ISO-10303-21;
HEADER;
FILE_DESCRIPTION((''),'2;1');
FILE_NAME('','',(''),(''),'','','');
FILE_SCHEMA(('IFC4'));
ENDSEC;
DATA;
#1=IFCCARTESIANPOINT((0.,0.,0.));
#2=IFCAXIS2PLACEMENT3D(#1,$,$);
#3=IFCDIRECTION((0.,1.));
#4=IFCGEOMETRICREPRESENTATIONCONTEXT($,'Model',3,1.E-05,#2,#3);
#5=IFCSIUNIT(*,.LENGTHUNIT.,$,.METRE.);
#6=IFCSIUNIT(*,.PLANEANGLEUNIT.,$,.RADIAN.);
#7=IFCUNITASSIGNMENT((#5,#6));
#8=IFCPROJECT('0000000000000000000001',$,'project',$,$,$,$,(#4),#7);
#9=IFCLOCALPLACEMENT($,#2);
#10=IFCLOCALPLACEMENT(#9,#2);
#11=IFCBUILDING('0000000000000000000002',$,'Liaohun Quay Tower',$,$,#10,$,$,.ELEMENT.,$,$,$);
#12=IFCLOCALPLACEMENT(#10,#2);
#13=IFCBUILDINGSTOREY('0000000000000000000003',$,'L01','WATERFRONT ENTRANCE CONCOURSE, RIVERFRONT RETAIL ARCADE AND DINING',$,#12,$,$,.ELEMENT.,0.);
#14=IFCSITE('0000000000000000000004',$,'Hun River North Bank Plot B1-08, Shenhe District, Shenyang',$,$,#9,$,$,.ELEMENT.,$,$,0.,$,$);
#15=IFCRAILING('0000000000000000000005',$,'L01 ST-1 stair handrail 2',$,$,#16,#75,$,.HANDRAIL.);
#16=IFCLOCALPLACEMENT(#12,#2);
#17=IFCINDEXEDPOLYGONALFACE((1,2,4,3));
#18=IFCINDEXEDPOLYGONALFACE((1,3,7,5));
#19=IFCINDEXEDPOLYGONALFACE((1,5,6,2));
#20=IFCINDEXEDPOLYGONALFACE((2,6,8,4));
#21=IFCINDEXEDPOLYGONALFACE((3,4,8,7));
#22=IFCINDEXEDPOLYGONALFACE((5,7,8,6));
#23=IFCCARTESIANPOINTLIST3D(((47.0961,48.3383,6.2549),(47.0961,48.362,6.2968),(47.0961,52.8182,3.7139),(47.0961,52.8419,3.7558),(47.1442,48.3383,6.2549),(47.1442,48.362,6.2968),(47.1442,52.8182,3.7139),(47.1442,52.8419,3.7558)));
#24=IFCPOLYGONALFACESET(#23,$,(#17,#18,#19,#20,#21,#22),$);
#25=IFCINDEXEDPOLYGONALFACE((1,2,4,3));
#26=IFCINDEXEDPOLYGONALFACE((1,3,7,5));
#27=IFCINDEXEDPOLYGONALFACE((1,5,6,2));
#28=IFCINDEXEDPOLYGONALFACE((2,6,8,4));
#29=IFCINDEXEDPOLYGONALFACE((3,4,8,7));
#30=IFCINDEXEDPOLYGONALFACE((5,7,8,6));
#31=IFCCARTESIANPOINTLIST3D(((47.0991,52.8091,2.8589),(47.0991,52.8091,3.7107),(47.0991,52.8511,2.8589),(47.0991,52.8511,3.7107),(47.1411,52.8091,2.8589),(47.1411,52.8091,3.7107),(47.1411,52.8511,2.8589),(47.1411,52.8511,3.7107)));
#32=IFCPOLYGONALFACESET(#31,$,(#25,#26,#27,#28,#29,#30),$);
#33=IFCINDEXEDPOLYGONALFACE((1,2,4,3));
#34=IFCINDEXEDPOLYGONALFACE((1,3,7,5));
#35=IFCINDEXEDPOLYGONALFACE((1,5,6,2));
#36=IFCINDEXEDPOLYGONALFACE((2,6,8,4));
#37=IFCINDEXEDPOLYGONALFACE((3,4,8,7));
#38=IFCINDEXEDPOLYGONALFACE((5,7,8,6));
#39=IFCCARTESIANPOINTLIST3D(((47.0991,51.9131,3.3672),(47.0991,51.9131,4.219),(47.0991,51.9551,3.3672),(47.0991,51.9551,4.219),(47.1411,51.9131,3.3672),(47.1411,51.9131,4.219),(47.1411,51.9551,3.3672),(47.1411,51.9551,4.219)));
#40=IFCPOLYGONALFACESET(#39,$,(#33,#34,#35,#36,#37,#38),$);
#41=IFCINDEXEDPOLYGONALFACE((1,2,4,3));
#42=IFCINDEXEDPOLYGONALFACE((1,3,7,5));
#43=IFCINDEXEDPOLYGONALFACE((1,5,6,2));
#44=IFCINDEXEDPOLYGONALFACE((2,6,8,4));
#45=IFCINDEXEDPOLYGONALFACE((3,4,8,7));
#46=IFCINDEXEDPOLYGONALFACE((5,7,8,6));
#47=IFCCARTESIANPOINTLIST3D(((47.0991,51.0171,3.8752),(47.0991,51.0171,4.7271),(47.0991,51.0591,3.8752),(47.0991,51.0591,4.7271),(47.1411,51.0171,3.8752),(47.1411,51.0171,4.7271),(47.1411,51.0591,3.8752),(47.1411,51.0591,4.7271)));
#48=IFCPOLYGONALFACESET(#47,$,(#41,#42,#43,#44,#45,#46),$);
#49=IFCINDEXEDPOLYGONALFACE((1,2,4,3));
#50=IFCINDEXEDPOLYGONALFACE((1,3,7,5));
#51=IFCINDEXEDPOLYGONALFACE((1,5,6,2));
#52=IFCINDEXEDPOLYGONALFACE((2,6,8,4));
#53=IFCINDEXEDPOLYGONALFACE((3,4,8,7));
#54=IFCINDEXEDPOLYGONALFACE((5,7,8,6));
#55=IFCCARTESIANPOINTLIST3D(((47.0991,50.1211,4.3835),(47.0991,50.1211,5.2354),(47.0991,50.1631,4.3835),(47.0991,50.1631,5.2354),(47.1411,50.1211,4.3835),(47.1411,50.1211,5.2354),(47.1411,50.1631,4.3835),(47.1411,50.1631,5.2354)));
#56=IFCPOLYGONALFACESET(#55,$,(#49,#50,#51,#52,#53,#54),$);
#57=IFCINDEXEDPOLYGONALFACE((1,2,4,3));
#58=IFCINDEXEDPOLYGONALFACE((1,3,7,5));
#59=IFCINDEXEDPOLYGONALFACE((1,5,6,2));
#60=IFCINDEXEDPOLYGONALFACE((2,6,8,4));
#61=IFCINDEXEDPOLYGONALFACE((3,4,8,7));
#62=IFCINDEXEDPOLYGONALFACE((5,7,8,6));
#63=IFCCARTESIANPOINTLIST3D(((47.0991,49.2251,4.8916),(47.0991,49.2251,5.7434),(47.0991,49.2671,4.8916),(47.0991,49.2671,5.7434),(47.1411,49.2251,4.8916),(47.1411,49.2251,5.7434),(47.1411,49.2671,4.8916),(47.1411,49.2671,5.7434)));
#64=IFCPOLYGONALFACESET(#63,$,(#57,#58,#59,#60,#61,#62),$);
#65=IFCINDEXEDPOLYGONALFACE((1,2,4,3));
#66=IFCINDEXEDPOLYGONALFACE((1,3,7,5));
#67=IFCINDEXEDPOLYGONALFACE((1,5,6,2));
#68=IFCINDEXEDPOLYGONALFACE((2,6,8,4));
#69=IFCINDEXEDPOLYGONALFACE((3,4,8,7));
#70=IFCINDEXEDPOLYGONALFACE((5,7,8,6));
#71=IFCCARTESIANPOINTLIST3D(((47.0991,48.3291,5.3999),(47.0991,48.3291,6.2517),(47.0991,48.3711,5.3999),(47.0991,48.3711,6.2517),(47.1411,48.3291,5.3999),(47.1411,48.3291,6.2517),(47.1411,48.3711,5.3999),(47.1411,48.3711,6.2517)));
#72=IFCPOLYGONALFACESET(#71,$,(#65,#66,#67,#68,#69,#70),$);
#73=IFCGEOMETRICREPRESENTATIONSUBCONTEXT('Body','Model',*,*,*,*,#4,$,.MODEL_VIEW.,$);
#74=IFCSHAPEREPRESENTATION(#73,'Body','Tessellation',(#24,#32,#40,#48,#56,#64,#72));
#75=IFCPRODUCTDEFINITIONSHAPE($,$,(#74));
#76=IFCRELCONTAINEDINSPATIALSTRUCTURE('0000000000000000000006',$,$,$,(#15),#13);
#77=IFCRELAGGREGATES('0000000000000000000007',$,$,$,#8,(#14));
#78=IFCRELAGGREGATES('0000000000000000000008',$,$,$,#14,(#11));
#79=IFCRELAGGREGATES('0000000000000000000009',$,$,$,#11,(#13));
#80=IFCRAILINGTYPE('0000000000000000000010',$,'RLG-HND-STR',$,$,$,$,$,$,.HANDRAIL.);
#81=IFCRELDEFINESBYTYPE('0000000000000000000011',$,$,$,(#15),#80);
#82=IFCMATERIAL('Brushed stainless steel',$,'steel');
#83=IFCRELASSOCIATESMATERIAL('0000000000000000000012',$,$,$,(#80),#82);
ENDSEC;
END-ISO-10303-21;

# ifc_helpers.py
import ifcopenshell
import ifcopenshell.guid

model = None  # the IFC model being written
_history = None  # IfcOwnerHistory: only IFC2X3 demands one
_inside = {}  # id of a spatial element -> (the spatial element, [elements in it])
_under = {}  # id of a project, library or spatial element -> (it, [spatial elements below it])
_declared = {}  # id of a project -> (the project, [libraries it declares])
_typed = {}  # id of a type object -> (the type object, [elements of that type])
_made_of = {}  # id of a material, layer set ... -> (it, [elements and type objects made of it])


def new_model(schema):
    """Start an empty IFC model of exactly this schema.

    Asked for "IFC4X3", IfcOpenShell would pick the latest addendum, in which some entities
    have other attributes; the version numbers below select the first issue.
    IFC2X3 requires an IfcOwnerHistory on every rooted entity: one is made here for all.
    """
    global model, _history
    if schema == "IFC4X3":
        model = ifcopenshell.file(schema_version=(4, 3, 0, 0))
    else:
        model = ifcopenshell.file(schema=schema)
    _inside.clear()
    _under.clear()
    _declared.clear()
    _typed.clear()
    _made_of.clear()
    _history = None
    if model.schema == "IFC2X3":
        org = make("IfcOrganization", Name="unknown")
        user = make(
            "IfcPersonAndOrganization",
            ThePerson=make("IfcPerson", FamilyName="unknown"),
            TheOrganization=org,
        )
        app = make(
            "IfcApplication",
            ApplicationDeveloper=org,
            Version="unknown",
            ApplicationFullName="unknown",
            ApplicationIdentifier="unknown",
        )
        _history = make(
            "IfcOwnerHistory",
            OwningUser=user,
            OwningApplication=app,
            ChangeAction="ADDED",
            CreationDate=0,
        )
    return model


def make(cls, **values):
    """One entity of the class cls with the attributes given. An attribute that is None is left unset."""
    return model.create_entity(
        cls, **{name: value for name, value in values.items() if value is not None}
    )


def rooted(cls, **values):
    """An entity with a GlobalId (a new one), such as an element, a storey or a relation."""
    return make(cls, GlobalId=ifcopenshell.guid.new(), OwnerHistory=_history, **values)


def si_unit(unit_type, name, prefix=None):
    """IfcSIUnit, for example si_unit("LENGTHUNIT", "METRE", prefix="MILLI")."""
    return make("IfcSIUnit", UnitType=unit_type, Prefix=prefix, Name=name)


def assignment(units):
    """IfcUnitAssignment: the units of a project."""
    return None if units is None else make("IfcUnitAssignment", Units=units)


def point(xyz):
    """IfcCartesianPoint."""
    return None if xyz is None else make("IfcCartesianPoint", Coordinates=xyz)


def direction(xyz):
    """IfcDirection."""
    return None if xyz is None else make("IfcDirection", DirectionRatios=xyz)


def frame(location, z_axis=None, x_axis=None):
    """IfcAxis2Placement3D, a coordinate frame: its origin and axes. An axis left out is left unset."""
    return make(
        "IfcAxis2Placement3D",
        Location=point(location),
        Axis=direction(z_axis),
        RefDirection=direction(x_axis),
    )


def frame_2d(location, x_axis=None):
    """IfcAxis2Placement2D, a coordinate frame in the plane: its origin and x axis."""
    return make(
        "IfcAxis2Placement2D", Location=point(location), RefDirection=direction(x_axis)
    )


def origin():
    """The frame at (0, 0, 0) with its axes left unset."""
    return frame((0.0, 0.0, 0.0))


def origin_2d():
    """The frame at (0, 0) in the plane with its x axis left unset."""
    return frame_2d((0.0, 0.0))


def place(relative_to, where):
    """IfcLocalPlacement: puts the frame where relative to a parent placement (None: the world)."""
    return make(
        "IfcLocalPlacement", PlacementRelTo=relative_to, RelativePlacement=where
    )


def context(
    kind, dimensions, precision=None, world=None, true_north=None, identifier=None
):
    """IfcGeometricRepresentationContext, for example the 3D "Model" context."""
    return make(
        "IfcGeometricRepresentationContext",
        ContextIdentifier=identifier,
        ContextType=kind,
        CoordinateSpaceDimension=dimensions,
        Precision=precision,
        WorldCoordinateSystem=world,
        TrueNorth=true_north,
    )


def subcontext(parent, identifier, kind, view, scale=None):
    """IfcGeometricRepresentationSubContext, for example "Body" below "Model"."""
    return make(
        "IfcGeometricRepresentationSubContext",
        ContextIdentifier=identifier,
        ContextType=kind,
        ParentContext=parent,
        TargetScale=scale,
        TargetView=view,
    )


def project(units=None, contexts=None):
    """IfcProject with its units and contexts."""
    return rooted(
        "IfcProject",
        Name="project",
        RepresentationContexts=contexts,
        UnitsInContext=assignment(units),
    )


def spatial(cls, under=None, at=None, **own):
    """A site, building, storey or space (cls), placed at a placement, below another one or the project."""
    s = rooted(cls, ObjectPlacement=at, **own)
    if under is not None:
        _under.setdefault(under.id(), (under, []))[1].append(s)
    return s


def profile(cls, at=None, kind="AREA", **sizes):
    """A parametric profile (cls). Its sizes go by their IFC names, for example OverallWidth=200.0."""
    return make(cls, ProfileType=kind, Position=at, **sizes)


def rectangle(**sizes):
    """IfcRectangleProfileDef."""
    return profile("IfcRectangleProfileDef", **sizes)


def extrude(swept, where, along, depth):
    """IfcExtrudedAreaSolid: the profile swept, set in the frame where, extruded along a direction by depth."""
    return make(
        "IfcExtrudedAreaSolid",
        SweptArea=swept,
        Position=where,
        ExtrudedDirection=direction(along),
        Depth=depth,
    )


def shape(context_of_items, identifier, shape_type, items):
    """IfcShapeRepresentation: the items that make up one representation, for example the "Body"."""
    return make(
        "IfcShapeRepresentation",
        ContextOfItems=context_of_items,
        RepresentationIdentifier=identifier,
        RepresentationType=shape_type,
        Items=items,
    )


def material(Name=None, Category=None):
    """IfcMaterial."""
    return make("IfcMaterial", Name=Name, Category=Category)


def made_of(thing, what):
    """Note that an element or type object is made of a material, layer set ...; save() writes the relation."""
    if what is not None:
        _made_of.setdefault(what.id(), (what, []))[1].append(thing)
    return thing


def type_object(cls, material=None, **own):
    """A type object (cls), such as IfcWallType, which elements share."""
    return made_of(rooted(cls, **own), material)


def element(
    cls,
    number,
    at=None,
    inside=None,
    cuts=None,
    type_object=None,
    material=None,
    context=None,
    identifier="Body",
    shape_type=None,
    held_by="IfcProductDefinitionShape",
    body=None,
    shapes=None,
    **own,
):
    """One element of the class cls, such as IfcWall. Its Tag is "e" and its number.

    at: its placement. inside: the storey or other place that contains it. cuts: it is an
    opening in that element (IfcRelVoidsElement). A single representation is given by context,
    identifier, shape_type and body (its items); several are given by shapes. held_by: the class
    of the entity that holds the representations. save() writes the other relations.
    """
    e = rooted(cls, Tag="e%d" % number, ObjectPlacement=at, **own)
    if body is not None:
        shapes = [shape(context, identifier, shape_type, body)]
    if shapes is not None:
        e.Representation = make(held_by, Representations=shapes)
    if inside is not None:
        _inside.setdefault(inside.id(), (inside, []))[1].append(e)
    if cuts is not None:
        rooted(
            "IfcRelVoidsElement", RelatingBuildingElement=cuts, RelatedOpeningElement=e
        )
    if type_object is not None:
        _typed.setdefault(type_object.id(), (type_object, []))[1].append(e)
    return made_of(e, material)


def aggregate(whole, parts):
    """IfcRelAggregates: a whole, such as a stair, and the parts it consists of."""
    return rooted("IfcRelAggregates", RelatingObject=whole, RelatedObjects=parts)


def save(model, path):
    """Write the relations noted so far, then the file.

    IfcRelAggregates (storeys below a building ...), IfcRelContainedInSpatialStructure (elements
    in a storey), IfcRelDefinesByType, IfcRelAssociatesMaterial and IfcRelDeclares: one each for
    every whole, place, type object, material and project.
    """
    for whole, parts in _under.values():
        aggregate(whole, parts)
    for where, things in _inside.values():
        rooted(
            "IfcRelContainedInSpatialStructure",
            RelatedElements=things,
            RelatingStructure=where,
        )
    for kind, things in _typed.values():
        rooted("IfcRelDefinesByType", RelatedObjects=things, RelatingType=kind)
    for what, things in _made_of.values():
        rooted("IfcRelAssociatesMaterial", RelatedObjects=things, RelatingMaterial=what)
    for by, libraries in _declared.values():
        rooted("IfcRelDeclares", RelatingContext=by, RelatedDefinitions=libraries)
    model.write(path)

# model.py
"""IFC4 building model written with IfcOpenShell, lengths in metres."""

from ifc_helpers import new_model, si_unit, direction, frame, origin, origin_2d, place, context, subcontext, project, spatial, rectangle, extrude, material, type_object, element, save


model = new_model("IFC4")

# Units and contexts
model_context = context("Model", 3, precision=1e-05, world=origin(), true_north=direction((0.0, 1.0)))
body_context = subcontext(model_context, "Body", "Model", "MODEL_VIEW")
ifc_project = project(units=[si_unit("LENGTHUNIT", "METRE"), si_unit("PLANEANGLEUNIT", "RADIAN")], contexts=[model_context])

# Site, building, storey
site_placement = place(None, origin())
site = spatial("IfcSite", under=ifc_project, at=site_placement, Name="Hun River North Bank Plot B1-08, Shenhe District, Shenyang", CompositionType="ELEMENT", RefElevation=0.0)
building_placement = place(site_placement, origin())
building = spatial("IfcBuilding", under=site, at=building_placement, Name="Liaohun Quay Tower", CompositionType="ELEMENT")
storey_placement = place(building_placement, origin())
storey = spatial("IfcBuildingStorey", under=building, at=storey_placement, Name="L01", Description="WATERFRONT ENTRANCE CONCOURSE, RIVERFRONT RETAIL ARCADE AND DINING", CompositionType="ELEMENT", Elevation=0.0)

# Railing
ifc_material_1 = material(Name="Brushed stainless steel", Category="steel")
railing_type_1 = type_object("IfcRailingType", Name="RLG-HND-STR", PredefinedType="HANDRAIL", material=ifc_material_1)
railing_1_placement = place(storey_placement, frame((47.1201, 52.8301, 2.8589)))
element("IfcRailing", 1, at=railing_1_placement, inside=storey, type_object=railing_type_1, Name="L01 ST-1 stair handrail 2", PredefinedType="HANDRAIL", context=body_context, shape_type="SweptSolid", body=[
    extrude(rectangle(XDim=0.0481, YDim=0.0481, at=origin_2d()), frame((0.0, 0.0, 0.876), z_axis=(0.0, -0.869826, 0.493359), x_axis=(1.0, 0.0, 0.0)), (0.0, 0.0, 1.0), 5.1504),
    extrude(rectangle(XDim=0.042, YDim=0.042, at=origin_2d()), origin(), (0.0, 0.0, 1.0), 0.8518),
    extrude(rectangle(XDim=0.042, YDim=0.042, at=origin_2d()), frame((0.0, -0.896, 0.5083)), (0.0, 0.0, 1.0), 0.8518),
    extrude(rectangle(XDim=0.042, YDim=0.042, at=origin_2d()), frame((0.0, -1.792, 1.0164)), (0.0, 0.0, 1.0), 0.8518),
    extrude(rectangle(XDim=0.042, YDim=0.042, at=origin_2d()), frame((0.0, -2.688, 1.5247)), (0.0, 0.0, 1.0), 0.8518),
    extrude(rectangle(XDim=0.042, YDim=0.042, at=origin_2d()), frame((0.0, -3.584, 2.0327)), (0.0, 0.0, 1.0), 0.8518),
    extrude(rectangle(XDim=0.042, YDim=0.042, at=origin_2d()), frame((0.0, -4.48, 2.541)), (0.0, 0.0, 1.0), 0.8518),
])

save(model, "model.ifc")
